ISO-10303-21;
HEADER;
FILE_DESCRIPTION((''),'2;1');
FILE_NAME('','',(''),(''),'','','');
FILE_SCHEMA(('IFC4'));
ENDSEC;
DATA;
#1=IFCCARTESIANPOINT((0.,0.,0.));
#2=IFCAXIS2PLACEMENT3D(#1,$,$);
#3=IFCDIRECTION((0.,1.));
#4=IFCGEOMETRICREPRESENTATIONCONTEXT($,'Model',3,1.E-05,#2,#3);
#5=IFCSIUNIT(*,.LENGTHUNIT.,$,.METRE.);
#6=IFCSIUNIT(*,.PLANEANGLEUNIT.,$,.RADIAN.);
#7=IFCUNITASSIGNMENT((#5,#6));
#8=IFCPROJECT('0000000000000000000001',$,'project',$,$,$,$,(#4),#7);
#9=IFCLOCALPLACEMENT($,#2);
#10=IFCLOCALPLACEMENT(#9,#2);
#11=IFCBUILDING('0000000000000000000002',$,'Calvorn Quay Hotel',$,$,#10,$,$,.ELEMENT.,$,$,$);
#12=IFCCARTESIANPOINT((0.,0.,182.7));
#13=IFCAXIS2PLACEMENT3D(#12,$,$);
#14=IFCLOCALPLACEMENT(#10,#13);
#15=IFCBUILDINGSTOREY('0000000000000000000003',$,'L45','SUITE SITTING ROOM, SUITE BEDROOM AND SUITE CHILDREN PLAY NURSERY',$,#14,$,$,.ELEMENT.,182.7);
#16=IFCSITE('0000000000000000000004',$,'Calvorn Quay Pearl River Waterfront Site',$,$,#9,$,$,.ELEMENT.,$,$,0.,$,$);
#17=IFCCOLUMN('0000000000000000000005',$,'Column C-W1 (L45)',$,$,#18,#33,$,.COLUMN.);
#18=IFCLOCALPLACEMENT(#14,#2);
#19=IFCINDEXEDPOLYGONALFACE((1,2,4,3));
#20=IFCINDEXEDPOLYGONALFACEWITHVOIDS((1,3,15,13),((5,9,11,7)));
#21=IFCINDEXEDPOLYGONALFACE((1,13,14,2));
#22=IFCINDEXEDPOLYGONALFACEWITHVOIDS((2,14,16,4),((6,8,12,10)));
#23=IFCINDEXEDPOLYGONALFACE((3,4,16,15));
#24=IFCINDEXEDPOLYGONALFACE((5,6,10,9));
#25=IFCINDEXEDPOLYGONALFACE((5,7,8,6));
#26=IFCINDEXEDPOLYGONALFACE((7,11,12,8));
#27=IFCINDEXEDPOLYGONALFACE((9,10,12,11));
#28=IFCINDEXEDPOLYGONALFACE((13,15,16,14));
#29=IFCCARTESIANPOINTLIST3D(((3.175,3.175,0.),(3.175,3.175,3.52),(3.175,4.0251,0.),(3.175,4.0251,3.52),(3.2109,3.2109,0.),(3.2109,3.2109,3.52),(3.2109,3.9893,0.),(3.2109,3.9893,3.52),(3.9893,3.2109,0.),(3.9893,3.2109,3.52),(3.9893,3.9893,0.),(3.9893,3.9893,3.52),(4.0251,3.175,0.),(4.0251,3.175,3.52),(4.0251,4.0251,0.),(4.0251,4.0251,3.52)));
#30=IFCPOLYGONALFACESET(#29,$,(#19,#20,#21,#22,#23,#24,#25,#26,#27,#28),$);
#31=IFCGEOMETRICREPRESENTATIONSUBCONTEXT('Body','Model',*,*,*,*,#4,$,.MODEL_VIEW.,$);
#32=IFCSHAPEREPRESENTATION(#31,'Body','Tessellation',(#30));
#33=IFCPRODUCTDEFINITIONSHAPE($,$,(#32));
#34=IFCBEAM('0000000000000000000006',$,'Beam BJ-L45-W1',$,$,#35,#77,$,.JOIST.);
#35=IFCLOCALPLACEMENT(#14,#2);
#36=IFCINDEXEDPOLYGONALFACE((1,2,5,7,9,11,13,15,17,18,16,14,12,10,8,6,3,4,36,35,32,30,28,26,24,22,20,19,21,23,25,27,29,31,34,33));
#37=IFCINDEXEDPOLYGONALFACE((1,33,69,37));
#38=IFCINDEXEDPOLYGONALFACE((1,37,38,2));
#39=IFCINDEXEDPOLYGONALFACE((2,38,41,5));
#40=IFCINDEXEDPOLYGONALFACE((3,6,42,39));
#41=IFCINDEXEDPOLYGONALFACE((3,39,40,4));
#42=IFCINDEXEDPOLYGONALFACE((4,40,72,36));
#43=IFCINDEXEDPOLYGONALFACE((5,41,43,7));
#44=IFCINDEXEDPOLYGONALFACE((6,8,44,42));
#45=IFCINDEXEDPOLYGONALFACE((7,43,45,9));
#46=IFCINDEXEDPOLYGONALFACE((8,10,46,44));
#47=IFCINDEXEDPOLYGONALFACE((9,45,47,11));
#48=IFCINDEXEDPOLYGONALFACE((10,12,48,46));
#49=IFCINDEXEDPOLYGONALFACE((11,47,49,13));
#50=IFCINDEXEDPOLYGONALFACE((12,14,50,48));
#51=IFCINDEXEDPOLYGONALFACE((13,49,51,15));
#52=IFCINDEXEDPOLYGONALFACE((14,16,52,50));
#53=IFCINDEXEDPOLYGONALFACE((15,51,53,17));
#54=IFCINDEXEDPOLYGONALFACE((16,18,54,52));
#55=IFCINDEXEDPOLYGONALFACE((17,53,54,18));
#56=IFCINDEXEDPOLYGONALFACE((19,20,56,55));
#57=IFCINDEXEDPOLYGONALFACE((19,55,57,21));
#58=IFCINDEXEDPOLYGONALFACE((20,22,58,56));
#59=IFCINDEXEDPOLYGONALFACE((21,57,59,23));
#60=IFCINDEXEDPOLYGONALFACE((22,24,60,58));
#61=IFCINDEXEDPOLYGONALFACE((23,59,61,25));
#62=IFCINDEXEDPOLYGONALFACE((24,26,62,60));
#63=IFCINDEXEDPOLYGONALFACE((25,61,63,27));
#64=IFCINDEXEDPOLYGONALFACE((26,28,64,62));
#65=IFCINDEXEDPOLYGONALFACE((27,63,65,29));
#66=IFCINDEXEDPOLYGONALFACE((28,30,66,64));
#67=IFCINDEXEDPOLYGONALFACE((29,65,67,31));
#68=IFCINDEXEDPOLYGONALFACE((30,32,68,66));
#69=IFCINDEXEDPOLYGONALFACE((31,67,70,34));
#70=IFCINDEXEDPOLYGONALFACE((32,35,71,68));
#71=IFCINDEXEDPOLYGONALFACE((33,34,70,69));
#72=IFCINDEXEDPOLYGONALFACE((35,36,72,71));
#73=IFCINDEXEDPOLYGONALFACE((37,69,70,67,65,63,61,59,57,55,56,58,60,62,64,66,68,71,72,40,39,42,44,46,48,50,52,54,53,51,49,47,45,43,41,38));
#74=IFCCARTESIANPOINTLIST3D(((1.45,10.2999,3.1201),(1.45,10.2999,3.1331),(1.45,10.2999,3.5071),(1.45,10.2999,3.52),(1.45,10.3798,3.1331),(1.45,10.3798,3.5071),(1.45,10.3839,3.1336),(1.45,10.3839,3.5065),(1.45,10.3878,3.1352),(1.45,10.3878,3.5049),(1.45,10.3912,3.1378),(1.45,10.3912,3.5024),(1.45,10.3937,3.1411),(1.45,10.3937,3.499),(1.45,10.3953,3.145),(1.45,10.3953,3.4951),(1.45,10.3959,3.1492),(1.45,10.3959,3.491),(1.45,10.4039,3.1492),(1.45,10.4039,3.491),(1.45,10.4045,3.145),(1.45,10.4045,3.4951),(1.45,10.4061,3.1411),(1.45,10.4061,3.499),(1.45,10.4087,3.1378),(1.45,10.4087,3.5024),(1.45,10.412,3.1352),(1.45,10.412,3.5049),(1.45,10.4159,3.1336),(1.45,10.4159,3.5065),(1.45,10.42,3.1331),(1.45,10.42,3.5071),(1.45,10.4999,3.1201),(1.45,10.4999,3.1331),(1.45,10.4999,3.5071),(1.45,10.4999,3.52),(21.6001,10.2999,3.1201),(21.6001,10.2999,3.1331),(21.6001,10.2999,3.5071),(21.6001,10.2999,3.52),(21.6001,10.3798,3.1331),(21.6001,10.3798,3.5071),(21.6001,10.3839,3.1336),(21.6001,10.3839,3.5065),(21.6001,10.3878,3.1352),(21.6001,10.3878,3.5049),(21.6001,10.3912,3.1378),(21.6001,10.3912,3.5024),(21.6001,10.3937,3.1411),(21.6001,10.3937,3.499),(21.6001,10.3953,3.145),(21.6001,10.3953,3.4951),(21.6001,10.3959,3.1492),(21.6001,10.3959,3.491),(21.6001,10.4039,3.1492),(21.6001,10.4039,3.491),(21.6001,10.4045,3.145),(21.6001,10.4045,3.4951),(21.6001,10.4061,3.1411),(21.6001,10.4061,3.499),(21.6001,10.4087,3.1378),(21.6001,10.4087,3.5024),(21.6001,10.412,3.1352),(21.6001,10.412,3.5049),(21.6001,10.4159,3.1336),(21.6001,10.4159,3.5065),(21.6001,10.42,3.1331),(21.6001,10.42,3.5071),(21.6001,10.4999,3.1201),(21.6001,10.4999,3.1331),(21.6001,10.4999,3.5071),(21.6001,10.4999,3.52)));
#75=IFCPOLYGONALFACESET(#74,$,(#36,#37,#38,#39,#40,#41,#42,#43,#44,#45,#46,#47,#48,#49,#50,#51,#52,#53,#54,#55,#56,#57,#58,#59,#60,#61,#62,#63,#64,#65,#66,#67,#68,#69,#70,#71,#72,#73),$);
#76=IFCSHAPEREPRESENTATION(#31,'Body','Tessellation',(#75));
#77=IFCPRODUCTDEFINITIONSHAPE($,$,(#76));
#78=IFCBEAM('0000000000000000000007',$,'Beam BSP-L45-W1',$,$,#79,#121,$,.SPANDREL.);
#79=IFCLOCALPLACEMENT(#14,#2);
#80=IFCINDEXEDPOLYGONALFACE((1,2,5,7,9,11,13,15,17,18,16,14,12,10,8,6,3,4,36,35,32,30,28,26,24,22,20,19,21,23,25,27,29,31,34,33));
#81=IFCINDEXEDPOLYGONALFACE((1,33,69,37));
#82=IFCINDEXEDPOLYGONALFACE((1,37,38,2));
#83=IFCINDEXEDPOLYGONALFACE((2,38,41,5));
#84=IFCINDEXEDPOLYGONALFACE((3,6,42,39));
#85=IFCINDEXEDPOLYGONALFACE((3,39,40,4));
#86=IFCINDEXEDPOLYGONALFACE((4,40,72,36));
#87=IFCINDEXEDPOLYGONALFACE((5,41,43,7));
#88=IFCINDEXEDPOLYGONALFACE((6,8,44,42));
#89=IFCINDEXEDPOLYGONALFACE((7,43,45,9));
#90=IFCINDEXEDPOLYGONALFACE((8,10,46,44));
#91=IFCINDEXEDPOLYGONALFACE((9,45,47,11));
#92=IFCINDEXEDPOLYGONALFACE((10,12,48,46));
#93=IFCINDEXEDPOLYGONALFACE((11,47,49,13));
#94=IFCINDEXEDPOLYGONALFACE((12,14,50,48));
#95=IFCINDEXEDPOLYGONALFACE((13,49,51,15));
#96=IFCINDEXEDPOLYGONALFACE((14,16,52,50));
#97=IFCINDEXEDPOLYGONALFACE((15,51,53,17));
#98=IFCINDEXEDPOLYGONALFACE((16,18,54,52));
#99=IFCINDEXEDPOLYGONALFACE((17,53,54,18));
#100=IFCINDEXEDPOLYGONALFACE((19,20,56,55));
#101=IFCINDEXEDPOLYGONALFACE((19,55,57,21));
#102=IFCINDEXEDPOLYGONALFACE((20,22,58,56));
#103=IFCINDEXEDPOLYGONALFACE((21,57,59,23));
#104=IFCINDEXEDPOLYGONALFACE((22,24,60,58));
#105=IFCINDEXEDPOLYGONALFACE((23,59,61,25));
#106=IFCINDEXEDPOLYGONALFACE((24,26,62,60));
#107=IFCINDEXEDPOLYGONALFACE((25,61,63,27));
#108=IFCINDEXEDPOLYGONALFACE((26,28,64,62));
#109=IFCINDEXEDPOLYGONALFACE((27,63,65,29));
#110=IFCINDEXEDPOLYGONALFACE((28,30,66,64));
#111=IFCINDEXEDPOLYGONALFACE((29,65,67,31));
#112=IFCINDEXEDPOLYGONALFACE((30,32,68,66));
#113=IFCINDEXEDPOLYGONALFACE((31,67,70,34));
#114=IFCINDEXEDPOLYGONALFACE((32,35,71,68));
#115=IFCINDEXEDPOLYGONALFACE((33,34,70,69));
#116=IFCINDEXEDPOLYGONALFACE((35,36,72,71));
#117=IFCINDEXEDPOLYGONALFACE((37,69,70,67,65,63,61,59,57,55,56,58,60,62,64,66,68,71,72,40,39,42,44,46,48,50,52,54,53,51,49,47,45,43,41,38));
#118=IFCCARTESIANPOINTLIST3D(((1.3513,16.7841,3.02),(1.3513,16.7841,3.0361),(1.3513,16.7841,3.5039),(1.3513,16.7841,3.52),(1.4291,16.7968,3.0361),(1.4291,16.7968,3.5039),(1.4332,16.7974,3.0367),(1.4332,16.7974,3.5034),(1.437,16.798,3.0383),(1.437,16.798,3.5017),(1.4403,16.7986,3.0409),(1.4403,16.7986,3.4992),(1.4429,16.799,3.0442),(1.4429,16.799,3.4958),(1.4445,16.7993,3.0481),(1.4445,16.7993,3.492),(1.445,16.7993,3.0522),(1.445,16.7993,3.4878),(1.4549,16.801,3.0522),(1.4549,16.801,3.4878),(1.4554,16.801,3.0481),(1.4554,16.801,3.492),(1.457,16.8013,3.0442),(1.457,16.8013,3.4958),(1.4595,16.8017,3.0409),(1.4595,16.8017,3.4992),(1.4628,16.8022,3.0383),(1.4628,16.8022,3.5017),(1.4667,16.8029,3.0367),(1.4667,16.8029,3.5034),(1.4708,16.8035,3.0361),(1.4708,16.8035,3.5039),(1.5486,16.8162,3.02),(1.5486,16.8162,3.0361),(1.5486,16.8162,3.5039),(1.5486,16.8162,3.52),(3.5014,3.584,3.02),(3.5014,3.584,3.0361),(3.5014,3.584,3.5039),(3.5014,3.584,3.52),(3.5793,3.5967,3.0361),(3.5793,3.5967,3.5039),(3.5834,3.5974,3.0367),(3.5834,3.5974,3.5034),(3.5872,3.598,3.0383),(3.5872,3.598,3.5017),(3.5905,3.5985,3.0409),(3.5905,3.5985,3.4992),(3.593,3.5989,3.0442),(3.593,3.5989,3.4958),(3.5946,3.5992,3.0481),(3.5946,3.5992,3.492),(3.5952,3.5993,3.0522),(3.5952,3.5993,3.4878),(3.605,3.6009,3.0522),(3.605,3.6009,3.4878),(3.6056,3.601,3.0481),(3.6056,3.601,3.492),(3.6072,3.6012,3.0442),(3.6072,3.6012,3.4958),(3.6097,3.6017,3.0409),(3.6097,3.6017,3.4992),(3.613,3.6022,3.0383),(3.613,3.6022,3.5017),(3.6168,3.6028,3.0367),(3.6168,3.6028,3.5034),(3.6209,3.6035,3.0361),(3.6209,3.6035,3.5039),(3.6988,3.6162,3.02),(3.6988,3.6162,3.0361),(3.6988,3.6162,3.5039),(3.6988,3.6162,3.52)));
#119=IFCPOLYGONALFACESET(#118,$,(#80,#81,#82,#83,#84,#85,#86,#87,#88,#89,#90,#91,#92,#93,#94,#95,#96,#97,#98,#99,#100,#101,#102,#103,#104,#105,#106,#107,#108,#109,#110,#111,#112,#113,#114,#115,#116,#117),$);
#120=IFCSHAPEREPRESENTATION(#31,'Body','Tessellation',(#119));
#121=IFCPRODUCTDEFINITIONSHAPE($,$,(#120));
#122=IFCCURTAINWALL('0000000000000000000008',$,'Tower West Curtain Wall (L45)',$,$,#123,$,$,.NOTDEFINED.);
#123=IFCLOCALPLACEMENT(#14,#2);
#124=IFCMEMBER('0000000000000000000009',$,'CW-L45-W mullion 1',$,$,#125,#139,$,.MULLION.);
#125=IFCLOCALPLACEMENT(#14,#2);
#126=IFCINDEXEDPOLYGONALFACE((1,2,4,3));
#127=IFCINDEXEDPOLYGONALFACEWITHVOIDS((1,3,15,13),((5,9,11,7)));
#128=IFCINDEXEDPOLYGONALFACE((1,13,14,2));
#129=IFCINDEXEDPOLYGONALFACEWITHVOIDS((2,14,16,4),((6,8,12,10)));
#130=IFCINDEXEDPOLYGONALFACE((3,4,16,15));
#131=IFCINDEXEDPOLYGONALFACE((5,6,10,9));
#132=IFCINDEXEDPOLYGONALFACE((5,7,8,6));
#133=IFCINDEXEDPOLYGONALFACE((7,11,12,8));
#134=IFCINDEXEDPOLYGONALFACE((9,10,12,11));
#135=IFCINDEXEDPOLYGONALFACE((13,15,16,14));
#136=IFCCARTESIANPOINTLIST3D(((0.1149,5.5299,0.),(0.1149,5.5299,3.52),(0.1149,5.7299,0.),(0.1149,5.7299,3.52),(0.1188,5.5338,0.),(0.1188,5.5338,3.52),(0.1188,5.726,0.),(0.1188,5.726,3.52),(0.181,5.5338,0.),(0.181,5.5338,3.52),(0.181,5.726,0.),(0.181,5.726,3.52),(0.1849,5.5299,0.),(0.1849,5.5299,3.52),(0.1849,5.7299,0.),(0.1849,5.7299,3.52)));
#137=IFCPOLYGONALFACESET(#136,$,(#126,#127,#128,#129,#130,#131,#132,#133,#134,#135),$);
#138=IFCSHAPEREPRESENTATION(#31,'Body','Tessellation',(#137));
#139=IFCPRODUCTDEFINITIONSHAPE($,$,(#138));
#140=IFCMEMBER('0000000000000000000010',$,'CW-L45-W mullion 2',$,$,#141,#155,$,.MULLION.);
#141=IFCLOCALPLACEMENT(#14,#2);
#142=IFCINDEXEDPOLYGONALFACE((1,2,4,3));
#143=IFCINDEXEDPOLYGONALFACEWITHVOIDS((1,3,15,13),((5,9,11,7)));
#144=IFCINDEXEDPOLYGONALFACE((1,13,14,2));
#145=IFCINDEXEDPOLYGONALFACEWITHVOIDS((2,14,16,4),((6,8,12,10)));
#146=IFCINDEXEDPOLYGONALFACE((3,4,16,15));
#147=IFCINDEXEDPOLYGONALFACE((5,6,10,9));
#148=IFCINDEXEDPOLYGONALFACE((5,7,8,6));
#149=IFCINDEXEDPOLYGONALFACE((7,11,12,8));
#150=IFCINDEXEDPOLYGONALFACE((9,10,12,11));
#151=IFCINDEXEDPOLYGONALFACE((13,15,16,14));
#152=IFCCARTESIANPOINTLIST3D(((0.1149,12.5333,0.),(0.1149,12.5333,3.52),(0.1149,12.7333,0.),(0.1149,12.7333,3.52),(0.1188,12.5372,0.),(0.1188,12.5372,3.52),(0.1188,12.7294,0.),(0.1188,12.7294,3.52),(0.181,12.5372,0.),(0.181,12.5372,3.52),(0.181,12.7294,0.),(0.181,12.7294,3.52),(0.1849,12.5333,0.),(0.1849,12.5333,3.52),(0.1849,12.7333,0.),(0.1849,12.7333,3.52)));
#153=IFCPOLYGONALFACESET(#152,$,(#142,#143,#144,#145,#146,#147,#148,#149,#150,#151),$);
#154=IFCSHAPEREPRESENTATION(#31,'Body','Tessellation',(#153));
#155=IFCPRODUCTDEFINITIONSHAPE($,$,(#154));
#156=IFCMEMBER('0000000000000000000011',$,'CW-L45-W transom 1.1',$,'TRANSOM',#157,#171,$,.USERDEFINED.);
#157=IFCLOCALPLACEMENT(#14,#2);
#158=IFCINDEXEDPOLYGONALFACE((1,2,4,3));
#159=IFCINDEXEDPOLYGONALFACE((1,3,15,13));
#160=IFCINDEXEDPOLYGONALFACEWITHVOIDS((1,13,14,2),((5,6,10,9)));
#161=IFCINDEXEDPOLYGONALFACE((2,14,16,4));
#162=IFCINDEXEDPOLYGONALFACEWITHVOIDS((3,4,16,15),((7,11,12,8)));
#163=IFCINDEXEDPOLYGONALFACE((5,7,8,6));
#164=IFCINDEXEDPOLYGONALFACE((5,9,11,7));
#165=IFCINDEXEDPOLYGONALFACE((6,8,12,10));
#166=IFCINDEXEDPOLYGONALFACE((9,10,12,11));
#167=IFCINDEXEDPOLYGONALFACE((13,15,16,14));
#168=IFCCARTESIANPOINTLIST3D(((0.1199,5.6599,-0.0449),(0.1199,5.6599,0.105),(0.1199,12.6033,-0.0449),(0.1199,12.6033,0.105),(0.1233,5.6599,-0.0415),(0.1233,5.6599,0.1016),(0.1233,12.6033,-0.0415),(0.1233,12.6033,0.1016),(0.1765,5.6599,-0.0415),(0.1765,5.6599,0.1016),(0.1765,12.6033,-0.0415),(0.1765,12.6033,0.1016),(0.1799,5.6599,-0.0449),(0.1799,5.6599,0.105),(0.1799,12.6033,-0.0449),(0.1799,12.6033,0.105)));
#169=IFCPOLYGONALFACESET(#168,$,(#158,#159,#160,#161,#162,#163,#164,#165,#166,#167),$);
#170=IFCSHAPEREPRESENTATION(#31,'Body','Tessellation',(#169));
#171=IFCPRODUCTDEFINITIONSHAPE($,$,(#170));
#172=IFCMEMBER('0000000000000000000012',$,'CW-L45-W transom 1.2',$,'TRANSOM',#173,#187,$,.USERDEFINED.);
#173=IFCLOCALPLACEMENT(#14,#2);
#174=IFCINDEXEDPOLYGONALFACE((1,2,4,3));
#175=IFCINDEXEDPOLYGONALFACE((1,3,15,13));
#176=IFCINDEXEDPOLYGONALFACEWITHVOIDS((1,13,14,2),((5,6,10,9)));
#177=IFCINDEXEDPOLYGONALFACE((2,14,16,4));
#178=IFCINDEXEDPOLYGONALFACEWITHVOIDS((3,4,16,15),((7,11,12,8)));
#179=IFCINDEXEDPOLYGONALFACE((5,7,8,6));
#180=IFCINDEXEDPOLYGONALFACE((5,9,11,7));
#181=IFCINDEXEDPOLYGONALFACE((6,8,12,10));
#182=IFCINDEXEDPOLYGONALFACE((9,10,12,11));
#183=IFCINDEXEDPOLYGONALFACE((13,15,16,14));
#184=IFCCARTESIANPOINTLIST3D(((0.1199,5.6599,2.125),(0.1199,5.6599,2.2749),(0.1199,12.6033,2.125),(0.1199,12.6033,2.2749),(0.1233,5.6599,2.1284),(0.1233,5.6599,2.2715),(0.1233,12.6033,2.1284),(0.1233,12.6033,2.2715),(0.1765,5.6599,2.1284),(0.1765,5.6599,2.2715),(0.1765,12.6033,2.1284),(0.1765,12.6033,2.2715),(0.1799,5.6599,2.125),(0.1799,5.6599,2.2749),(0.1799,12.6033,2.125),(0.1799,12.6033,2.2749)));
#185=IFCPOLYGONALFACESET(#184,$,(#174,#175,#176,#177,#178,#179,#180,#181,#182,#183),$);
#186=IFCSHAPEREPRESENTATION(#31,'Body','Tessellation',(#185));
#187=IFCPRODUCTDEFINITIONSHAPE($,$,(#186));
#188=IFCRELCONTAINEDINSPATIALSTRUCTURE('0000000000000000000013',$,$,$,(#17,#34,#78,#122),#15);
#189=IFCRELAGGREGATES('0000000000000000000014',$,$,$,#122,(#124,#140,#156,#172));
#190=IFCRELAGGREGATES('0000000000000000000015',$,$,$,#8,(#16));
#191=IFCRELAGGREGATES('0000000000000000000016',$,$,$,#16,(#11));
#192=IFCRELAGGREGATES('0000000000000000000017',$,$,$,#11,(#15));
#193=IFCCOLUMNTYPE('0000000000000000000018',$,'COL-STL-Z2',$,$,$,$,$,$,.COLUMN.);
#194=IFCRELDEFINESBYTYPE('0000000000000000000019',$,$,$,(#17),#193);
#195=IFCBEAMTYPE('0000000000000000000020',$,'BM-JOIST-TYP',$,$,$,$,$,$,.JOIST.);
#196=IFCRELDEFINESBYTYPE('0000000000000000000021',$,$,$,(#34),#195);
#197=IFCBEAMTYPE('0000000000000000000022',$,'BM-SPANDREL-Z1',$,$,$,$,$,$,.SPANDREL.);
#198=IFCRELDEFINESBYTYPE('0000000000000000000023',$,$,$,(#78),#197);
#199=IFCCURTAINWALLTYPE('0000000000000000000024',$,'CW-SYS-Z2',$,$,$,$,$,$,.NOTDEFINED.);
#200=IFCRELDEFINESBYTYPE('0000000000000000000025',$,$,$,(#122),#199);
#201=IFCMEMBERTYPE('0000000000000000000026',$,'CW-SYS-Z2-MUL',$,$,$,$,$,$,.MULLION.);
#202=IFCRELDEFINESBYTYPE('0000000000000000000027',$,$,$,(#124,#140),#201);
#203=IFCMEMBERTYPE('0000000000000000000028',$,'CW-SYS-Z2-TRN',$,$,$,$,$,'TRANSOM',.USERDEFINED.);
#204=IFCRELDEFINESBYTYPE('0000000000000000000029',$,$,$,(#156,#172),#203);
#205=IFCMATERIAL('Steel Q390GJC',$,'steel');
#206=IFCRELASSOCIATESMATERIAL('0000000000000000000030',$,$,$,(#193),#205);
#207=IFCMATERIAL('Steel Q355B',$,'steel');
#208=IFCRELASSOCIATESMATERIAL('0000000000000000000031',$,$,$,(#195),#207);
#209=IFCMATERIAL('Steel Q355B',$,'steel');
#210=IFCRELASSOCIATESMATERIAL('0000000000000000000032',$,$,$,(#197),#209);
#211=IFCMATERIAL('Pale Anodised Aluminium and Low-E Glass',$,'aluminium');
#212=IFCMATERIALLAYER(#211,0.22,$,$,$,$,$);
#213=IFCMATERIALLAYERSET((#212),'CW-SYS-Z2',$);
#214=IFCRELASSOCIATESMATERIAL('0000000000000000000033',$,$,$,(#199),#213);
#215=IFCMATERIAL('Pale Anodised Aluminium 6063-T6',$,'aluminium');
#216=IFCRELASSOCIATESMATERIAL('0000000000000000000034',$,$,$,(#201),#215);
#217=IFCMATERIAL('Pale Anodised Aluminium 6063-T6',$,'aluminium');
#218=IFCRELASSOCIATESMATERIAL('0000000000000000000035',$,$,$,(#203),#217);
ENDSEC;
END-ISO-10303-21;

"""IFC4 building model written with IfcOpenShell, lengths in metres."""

from ifc_helpers import new_model, si_unit, direction, frame, origin, origin_2d, place, context, subcontext, project, spatial, hollow_rectangle, i_section, extrude, material, layer, layer_set, material_profile, profile_set, type_object, element, aggregate, save


model = new_model("IFC4")

# Units and contexts
model_context = context("Model", 3, precision=1e-05, world=origin(), true_north=direction((0.0, 1.0)))
body_context = subcontext(model_context, "Body", "Model", "MODEL_VIEW")
ifc_project = project(units=[si_unit("LENGTHUNIT", "METRE"), si_unit("PLANEANGLEUNIT", "RADIAN")], contexts=[model_context])

# Site, building, storey
site_placement = place(None, origin())
site = spatial("IfcSite", under=ifc_project, at=site_placement, Name="Calvorn Quay Pearl River Waterfront Site", CompositionType="ELEMENT", RefElevation=0.0)
building_placement = place(site_placement, origin())
building = spatial("IfcBuilding", under=site, at=building_placement, Name="Calvorn Quay Hotel", CompositionType="ELEMENT")
storey_placement = place(building_placement, frame((0.0, 0.0, 182.7)))
storey = spatial("IfcBuildingStorey", under=building, at=storey_placement, Name="L45", Description="SUITE SITTING ROOM, SUITE BEDROOM AND SUITE CHILDREN PLAY NURSERY", CompositionType="ELEMENT", Elevation=182.7)

# Column
ifc_material_1 = material(Name="Steel Q390GJC", Category="steel")
ifc_material_profile_1 = material_profile(ifc_material_1, hollow_rectangle(XDim=0.8501, YDim=0.8501, WallThickness=0.0359, at=origin_2d()), Name="BOX850x850x36")
ifc_profile_set_1 = profile_set([ifc_material_profile_1], Name="Steel Q390GJC")
column_type = type_object("IfcColumnType", Name="COL-STL-Z2", PredefinedType="COLUMN", material=ifc_profile_set_1)
column_placement = place(storey_placement, frame((3.6001, 3.6001, 0.0), z_axis=(0.0, 0.0, 1.0), x_axis=(1.0, 0.0, 0.0)))
element("IfcColumn", 1, at=column_placement, inside=storey, type_object=column_type, Name="Column C-W1 (L45)", PredefinedType="COLUMN", context=body_context, shape_type="SweptSolid", body=[
    extrude(hollow_rectangle(XDim=0.8501, YDim=0.8501, WallThickness=0.0359, at=origin_2d()), origin(), (0.0, 0.0, 1.0), 3.52),
])

# Beams
ifc_material_2 = material(Name="Steel Q355B", Category="steel")
ifc_material_profile_2 = material_profile(ifc_material_2, i_section(OverallWidth=0.2, OverallDepth=0.3999, WebThickness=0.0081, FlangeThickness=0.0129, FilletRadius=0.0161, at=origin_2d()), Name="HN400x200x8x13")
ifc_profile_set_2 = profile_set([ifc_material_profile_2], Name="Steel Q355B")
beam_type_1 = type_object("IfcBeamType", Name="BM-JOIST-TYP", PredefinedType="JOIST", material=ifc_profile_set_2)
beam_1_placement = place(storey_placement, frame((1.45, 10.3999, 3.3201), z_axis=(1.0, 0.0, 0.0), x_axis=(0.0, 1.0, 0.0)))
element("IfcBeam", 2, at=beam_1_placement, inside=storey, type_object=beam_type_1, Name="Beam BJ-L45-W1", PredefinedType="JOIST", context=body_context, shape_type="SweptSolid", body=[
    extrude(i_section(OverallWidth=0.2, OverallDepth=0.3999, WebThickness=0.0081, FlangeThickness=0.0129, FilletRadius=0.0161, at=origin_2d()), origin(), (0.0, 0.0, 1.0), 20.1501),
])
ifc_material_3 = material(Name="Steel Q355B", Category="steel")
ifc_material_profile_3 = material_profile(ifc_material_3, i_section(OverallWidth=0.2, OverallDepth=0.5, WebThickness=0.01, FlangeThickness=0.0161, FilletRadius=0.0161, at=origin_2d()), Name="HN500x200x10x16")
ifc_profile_set_3 = profile_set([ifc_material_profile_3], Name="Steel Q355B")
beam_type_2 = type_object("IfcBeamType", Name="BM-SPANDREL-Z1", PredefinedType="SPANDREL", material=ifc_profile_set_3)
beam_2_placement = place(storey_placement, frame((3.6001, 3.6001, 3.27), z_axis=(-0.160772, 0.986992, 0.0), x_axis=(-0.986992, -0.160772, 0.0)))
element("IfcBeam", 3, at=beam_2_placement, inside=storey, type_object=beam_type_2, Name="Beam BSP-L45-W1", PredefinedType="SPANDREL", context=body_context, shape_type="SweptSolid", body=[
    extrude(i_section(OverallWidth=0.2, OverallDepth=0.5, WebThickness=0.01, FlangeThickness=0.0161, FilletRadius=0.0161, at=origin_2d()), origin(), (0.0, 0.0, 1.0), 13.374),
])

# Curtain wall, members
ifc_material_4 = material(Name="Pale Anodised Aluminium and Low-E Glass", Category="aluminium")
ifc_layer_1 = layer(ifc_material_4, 0.22)
ifc_layer_set_1 = layer_set([ifc_layer_1], Name="CW-SYS-Z2")
curtain_wall_type = type_object("IfcCurtainWallType", Name="CW-SYS-Z2", PredefinedType="NOTDEFINED", material=ifc_layer_set_1)
curtain_wall_placement = place(storey_placement, origin())
curtain_wall = element("IfcCurtainWall", 4, at=curtain_wall_placement, inside=storey, type_object=curtain_wall_type, Name="Tower West Curtain Wall (L45)", PredefinedType="NOTDEFINED")
ifc_material_5 = material(Name="Pale Anodised Aluminium 6063-T6", Category="aluminium")
ifc_material_profile_4 = material_profile(ifc_material_5, hollow_rectangle(XDim=0.0701, YDim=0.2, WallThickness=0.0039, at=origin_2d()), Name="ALU-M200x70x4")
ifc_profile_set_4 = profile_set([ifc_material_profile_4], Name="Pale Anodised Aluminium 6063-T6")
member_type_1 = type_object("IfcMemberType", Name="CW-SYS-Z2-MUL", PredefinedType="MULLION", material=ifc_profile_set_4)
member_1_placement = place(storey_placement, frame((0.1499, 5.6299, 0.0), z_axis=(0.0, 0.0, 1.0), x_axis=(-1.0, 0.0, 0.0)))
member_1 = element("IfcMember", 5, at=member_1_placement, type_object=member_type_1, Name="CW-L45-W mullion 1", PredefinedType="MULLION", context=body_context, shape_type="SweptSolid", body=[
    extrude(hollow_rectangle(XDim=0.0701, YDim=0.2, WallThickness=0.0039, at=origin_2d()), origin(), (0.0, 0.0, 1.0), 3.52),
])
member_2_placement = place(storey_placement, frame((0.1499, 12.6333, 0.0), z_axis=(0.0, 0.0, 1.0), x_axis=(-1.0, 0.0, 0.0)))
member_2 = element("IfcMember", 6, at=member_2_placement, type_object=member_type_1, Name="CW-L45-W mullion 2", PredefinedType="MULLION", context=body_context, shape_type="SweptSolid", body=[
    extrude(hollow_rectangle(XDim=0.0701, YDim=0.2, WallThickness=0.0039, at=origin_2d()), origin(), (0.0, 0.0, 1.0), 3.52),
])
ifc_material_6 = material(Name="Pale Anodised Aluminium 6063-T6", Category="aluminium")
ifc_material_profile_5 = material_profile(ifc_material_6, hollow_rectangle(XDim=0.0601, YDim=0.1499, WallThickness=0.0034, at=origin_2d()), Name="ALU-T150x60x3.5")
ifc_profile_set_5 = profile_set([ifc_material_profile_5], Name="Pale Anodised Aluminium 6063-T6")
member_type_2 = type_object("IfcMemberType", Name="CW-SYS-Z2-TRN", ElementType="TRANSOM", PredefinedType="USERDEFINED", material=ifc_profile_set_5)
member_3_placement = place(storey_placement, frame((0.1499, 5.6599, 0.03), z_axis=(0.0, 1.0, 0.0), x_axis=(-1.0, 0.0, 0.0)))
member_3 = element("IfcMember", 7, at=member_3_placement, type_object=member_type_2, Name="CW-L45-W transom 1.1", ObjectType="TRANSOM", PredefinedType="USERDEFINED", context=body_context, shape_type="SweptSolid", body=[
    extrude(hollow_rectangle(XDim=0.0601, YDim=0.1499, WallThickness=0.0034, at=origin_2d()), origin(), (0.0, 0.0, 1.0), 6.9434),
])
member_4_placement = place(storey_placement, frame((0.1499, 5.6599, 2.2), z_axis=(0.0, 1.0, 0.0), x_axis=(-1.0, 0.0, 0.0)))
member_4 = element("IfcMember", 8, at=member_4_placement, type_object=member_type_2, Name="CW-L45-W transom 1.2", ObjectType="TRANSOM", PredefinedType="USERDEFINED", context=body_context, shape_type="SweptSolid", body=[
    extrude(hollow_rectangle(XDim=0.0601, YDim=0.1499, WallThickness=0.0034, at=origin_2d()), origin(), (0.0, 0.0, 1.0), 6.9434),
])
aggregate(curtain_wall, [member_1, member_2, member_3, member_4])

save(model, "model.ifc")
